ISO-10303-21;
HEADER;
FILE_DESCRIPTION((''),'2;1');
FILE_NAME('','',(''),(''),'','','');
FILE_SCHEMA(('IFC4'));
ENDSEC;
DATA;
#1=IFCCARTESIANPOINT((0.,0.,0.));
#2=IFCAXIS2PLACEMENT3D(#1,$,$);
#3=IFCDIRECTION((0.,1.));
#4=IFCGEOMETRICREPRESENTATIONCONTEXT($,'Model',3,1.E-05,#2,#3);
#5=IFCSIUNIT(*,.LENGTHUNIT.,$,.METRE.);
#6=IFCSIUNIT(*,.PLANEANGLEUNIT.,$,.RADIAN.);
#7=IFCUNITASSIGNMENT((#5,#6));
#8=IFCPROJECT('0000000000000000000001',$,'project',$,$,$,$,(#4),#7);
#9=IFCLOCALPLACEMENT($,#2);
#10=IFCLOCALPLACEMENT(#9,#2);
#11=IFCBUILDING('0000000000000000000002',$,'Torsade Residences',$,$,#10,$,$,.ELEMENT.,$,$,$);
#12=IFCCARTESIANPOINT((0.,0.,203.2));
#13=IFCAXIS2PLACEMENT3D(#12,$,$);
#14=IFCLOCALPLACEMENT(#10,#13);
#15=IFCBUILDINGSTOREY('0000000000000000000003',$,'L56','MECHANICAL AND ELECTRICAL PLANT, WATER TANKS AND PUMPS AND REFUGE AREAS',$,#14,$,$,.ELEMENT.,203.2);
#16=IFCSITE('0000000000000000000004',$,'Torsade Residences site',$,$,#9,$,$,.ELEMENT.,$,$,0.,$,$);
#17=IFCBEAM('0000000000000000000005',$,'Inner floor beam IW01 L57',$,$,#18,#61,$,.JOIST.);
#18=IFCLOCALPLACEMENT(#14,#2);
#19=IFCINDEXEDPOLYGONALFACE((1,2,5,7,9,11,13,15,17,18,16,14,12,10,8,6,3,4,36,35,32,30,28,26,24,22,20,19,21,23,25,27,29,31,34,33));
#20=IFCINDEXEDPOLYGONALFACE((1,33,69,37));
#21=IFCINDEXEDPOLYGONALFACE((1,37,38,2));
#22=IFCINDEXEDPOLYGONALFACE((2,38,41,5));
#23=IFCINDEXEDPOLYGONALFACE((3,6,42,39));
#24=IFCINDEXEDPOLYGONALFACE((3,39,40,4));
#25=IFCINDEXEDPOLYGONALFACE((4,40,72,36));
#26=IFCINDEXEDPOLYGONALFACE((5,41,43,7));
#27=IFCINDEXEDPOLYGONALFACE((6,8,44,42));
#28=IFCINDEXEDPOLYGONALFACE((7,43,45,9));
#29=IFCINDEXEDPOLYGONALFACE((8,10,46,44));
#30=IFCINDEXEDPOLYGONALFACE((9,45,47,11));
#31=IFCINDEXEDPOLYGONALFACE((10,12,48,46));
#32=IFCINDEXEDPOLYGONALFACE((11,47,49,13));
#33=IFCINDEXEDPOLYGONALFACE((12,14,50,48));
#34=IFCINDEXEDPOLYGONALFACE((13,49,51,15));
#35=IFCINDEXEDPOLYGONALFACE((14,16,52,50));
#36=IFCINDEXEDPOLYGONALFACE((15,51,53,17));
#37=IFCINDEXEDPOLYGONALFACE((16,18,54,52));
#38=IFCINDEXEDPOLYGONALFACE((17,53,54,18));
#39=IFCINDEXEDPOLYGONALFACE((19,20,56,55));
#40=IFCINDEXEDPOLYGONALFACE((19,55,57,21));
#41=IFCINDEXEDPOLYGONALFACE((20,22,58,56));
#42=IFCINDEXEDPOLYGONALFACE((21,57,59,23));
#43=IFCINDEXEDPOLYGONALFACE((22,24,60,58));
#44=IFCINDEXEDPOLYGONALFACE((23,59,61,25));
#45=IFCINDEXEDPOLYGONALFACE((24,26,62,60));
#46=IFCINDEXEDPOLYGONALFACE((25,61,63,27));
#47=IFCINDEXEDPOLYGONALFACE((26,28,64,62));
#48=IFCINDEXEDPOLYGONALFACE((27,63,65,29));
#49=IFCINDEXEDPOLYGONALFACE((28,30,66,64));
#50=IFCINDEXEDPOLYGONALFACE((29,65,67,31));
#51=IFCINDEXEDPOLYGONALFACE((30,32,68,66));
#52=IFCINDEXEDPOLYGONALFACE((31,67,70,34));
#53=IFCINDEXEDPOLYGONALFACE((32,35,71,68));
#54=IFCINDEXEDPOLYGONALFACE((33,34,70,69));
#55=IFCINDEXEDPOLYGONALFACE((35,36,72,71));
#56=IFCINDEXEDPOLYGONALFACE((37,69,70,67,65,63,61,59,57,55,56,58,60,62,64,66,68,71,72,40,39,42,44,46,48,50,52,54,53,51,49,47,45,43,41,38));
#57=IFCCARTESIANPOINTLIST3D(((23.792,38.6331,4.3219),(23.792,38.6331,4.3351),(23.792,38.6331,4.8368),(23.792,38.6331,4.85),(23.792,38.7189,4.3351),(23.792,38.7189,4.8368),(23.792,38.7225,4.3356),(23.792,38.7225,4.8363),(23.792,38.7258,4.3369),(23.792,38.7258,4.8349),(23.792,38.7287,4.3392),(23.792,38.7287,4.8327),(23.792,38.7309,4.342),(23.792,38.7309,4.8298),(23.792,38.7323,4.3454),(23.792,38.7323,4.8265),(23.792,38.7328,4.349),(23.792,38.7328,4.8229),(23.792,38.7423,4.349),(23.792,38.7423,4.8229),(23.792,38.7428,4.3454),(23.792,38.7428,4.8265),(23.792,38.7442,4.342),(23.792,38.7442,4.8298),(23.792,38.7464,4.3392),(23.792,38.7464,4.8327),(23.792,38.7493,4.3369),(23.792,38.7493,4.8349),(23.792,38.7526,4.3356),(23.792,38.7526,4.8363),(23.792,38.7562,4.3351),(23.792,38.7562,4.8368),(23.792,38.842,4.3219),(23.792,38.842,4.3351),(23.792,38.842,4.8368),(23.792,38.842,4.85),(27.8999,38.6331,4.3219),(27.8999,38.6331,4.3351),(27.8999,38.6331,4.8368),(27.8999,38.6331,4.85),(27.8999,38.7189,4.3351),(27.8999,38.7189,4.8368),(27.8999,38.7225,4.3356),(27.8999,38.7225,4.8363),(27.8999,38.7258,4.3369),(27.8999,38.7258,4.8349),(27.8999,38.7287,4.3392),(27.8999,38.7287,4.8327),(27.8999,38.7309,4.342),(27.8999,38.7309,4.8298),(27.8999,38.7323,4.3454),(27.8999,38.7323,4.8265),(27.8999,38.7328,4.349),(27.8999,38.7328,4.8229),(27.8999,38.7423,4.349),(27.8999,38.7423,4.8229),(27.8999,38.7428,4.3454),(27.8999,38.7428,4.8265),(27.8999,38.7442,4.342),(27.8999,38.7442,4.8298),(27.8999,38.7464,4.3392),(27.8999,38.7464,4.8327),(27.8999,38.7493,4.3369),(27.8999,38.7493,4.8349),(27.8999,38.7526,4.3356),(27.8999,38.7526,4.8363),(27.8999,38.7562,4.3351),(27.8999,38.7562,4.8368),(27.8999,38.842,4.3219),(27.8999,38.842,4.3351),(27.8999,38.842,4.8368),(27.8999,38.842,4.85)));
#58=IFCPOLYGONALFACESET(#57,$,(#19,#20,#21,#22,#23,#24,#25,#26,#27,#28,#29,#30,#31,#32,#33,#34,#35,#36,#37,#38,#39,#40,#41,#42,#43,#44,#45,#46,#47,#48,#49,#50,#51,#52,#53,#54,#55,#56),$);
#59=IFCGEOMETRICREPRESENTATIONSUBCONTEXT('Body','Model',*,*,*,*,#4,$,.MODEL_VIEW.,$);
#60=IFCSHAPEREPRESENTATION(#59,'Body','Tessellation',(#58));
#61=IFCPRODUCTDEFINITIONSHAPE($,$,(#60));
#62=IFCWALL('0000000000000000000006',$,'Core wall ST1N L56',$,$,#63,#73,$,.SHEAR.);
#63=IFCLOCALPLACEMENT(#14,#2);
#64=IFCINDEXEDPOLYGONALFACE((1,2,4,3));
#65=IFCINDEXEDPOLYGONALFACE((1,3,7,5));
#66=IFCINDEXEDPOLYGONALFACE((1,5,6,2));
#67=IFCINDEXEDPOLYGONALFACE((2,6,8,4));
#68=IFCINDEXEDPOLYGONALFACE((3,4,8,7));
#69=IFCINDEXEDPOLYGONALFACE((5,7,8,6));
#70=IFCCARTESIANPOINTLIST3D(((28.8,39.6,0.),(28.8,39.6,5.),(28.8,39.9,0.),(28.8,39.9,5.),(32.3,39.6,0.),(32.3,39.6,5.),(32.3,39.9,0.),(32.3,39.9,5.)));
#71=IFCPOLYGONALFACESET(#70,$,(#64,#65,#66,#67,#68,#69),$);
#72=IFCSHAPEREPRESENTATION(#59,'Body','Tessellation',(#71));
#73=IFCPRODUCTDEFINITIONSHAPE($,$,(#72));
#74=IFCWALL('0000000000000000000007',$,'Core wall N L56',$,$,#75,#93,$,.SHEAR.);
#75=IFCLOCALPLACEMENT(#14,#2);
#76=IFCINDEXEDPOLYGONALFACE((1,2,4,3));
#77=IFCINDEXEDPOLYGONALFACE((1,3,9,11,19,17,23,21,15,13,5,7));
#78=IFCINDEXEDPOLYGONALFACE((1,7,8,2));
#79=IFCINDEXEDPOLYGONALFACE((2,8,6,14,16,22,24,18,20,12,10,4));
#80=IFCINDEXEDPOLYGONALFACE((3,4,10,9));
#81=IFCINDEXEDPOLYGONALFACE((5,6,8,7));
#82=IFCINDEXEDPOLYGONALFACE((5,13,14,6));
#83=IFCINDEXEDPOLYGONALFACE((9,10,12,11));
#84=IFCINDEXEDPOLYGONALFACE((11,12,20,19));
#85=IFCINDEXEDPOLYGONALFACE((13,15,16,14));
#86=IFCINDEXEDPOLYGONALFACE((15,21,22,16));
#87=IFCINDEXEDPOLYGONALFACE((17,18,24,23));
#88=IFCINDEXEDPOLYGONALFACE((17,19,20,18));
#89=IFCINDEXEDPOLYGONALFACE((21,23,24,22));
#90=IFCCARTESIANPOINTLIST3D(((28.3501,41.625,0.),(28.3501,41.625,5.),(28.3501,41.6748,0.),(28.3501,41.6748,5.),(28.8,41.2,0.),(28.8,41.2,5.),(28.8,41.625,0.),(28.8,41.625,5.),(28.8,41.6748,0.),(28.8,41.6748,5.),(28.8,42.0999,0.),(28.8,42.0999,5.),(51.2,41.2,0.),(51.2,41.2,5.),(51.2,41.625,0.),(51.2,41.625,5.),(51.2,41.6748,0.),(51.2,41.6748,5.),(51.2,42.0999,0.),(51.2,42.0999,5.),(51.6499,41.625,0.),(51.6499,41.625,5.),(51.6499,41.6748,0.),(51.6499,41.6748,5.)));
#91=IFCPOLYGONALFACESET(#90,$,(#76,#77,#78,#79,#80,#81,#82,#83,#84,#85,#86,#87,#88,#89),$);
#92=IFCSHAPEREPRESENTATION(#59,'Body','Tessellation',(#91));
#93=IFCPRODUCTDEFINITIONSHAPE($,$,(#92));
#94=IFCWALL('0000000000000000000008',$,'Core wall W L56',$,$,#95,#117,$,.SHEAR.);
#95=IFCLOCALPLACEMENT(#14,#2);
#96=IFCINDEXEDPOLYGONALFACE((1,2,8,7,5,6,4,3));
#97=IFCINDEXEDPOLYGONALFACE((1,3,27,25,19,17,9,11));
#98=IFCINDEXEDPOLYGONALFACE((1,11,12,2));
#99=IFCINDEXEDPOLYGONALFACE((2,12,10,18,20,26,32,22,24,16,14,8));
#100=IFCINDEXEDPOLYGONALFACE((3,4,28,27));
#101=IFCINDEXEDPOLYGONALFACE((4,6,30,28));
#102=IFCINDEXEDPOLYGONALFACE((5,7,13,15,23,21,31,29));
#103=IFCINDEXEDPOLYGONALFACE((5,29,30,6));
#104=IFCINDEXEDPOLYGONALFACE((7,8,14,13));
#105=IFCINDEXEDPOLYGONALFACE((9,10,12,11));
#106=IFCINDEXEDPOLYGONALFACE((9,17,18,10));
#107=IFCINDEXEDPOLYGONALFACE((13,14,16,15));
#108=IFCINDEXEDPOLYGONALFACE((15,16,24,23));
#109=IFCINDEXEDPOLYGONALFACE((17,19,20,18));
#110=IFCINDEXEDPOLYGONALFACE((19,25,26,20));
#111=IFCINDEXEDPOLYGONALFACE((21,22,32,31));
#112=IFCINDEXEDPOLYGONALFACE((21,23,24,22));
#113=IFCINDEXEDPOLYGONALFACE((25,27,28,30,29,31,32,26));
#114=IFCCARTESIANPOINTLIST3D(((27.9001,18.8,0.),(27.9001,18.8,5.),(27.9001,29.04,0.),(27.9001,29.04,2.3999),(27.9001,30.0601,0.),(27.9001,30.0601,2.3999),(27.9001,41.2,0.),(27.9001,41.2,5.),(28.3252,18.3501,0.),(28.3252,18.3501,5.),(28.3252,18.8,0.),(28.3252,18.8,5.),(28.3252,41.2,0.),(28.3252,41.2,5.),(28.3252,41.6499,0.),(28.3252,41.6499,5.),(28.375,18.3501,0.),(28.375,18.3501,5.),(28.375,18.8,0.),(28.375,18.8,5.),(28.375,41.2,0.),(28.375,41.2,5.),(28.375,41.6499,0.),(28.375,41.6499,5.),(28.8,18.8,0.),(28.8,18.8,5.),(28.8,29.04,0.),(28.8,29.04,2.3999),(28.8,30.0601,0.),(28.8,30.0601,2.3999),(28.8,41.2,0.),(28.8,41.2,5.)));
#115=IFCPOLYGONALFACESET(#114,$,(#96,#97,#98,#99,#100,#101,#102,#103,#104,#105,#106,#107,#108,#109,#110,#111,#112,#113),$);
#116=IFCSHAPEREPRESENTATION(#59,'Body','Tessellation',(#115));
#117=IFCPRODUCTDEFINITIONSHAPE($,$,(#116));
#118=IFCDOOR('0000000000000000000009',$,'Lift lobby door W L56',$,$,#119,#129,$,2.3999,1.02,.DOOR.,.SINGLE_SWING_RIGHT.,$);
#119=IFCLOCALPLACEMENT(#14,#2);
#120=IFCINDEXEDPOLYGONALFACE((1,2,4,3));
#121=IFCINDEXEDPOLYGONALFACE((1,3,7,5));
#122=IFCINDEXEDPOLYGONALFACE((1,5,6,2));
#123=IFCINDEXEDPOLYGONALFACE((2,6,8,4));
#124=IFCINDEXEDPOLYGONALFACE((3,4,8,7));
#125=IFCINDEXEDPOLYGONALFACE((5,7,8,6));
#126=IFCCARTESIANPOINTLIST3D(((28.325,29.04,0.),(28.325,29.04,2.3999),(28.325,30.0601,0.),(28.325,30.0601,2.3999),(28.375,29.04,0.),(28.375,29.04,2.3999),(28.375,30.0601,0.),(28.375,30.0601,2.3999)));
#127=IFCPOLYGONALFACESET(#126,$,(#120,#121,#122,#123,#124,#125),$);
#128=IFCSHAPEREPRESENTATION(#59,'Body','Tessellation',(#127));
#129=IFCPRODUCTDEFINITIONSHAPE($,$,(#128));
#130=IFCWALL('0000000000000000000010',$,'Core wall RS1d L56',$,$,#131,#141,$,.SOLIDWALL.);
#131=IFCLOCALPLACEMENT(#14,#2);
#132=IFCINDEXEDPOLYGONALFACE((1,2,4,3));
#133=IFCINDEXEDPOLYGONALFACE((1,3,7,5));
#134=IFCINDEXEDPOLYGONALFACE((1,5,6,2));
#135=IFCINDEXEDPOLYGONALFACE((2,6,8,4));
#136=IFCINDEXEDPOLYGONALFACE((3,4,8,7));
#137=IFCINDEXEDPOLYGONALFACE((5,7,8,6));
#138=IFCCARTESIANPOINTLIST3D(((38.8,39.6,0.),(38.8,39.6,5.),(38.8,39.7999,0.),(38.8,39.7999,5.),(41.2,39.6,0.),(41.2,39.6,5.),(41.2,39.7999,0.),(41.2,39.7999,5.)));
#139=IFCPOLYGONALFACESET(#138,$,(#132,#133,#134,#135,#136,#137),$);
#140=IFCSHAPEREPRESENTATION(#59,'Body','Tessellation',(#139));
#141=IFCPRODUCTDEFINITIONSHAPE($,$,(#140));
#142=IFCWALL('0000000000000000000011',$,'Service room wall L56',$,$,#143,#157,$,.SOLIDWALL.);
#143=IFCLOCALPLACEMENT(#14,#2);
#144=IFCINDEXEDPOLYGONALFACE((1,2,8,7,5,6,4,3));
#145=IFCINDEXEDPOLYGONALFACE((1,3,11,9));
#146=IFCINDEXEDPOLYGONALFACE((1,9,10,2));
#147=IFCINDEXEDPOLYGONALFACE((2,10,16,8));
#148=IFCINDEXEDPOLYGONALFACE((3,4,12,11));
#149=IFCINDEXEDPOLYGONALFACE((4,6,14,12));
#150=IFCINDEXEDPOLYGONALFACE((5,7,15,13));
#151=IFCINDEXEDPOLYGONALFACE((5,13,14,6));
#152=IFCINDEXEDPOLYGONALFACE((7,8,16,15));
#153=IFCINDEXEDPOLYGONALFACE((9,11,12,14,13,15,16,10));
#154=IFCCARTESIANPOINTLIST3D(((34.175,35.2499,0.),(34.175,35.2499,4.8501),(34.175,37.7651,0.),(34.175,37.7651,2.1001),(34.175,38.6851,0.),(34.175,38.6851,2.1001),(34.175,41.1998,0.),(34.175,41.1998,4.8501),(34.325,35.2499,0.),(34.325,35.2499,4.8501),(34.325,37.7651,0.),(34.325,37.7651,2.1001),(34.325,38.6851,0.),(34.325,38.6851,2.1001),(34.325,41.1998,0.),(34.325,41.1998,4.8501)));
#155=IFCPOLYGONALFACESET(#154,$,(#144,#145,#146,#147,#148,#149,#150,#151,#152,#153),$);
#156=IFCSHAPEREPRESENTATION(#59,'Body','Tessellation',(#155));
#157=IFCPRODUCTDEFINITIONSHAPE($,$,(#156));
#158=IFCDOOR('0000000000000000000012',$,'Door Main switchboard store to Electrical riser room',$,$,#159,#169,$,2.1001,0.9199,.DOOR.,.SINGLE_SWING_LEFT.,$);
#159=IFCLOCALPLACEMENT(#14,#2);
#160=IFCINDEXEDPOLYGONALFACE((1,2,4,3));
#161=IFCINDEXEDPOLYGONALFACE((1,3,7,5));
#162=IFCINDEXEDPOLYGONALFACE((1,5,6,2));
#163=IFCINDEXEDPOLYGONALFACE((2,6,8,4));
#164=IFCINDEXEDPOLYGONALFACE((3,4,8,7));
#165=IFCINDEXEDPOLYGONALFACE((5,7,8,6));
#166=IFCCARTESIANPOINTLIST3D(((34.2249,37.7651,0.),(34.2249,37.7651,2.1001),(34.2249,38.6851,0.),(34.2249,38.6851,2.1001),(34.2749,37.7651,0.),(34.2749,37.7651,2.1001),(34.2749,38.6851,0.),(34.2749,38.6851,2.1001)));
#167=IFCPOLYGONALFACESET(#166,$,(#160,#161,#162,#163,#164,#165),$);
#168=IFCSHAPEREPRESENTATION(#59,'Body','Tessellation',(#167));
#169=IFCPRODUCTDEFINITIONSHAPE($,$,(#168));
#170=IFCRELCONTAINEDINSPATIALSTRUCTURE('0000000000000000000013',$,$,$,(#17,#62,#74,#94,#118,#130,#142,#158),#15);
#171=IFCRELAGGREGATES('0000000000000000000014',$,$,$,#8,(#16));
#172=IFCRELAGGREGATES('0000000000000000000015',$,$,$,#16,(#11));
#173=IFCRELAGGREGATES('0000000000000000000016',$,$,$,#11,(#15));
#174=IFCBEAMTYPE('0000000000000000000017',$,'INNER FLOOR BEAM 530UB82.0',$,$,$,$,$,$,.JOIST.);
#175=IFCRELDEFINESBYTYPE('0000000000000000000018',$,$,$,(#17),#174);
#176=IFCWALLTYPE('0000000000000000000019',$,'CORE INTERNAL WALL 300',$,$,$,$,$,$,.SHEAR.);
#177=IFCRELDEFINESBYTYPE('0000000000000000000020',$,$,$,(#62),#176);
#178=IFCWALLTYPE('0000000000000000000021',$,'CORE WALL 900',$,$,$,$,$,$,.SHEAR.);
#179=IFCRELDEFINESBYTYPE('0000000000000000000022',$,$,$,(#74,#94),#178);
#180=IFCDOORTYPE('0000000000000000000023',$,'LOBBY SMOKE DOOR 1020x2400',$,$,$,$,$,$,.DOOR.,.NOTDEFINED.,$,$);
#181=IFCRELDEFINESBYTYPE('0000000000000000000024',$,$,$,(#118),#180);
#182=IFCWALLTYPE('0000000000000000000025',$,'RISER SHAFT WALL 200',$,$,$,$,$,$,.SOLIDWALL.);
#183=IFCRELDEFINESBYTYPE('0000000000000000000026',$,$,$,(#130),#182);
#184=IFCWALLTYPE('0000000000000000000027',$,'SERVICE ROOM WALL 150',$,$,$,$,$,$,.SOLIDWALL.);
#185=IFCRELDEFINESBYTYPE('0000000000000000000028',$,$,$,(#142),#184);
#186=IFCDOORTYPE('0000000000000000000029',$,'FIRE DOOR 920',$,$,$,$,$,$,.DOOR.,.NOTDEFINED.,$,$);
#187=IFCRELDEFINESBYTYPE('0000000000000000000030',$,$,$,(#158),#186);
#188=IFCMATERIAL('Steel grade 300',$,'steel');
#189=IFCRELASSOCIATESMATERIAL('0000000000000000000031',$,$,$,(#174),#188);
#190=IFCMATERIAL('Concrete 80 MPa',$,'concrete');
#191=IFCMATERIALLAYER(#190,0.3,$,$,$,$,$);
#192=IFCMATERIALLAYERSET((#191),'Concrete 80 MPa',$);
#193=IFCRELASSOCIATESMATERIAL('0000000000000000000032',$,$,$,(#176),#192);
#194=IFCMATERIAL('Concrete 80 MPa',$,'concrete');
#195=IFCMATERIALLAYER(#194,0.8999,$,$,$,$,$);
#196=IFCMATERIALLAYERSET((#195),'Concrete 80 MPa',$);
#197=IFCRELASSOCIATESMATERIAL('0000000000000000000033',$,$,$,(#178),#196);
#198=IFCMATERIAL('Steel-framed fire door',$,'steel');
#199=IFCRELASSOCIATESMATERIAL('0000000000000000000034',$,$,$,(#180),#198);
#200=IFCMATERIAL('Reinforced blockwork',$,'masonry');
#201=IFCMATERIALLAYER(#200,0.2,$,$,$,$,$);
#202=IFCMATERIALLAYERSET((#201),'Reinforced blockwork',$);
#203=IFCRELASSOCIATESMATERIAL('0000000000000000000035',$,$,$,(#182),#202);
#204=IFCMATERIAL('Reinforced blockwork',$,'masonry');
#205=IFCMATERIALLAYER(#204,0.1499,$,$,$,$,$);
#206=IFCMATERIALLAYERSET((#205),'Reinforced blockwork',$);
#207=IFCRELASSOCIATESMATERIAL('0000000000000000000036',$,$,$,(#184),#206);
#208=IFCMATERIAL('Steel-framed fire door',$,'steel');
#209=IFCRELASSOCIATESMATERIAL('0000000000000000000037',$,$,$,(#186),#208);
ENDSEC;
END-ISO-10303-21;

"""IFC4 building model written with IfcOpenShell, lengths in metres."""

from ifc_helpers import new_model, si_unit, direction, frame, frame_2d, origin, origin_2d, place, context, subcontext, project, spatial, polyline, rectangle, i_section, outline, extrude, material, layer, layer_set, material_profile, profile_set, type_object, element, fill, save


model = new_model("IFC4")

# Units and contexts
model_context = context("Model", 3, precision=1e-05, world=origin(), true_north=direction((0.0, 1.0)))
body_context = subcontext(model_context, "Body", "Model", "MODEL_VIEW")
ifc_project = project(units=[si_unit("LENGTHUNIT", "METRE"), si_unit("PLANEANGLEUNIT", "RADIAN")], contexts=[model_context])

# Site, building, storey
site_placement = place(None, origin())
site = spatial("IfcSite", under=ifc_project, at=site_placement, Name="Torsade Residences site", CompositionType="ELEMENT", RefElevation=0.0)
building_placement = place(site_placement, origin())
building = spatial("IfcBuilding", under=site, at=building_placement, Name="Torsade Residences", CompositionType="ELEMENT")
storey_placement = place(building_placement, frame((0.0, 0.0, 203.2)))
storey = spatial("IfcBuildingStorey", under=building, at=storey_placement, Name="L56", Description="MECHANICAL AND ELECTRICAL PLANT, WATER TANKS AND PUMPS AND REFUGE AREAS", CompositionType="ELEMENT", Elevation=203.2)

# Beam
ifc_material_1 = material(Name="Steel grade 300", Category="steel")
ifc_material_profile_1 = material_profile(ifc_material_1, i_section(OverallWidth=0.209, OverallDepth=0.5281, WebThickness=0.0095, FlangeThickness=0.0132, FilletRadius=0.0139, at=origin_2d()), Name="530UB82.0")
ifc_profile_set_1 = profile_set([ifc_material_profile_1], Name="Steel grade 300")
beam_type = type_object("IfcBeamType", Name="INNER FLOOR BEAM 530UB82.0", PredefinedType="JOIST", material=ifc_profile_set_1)
beam_1_placement = place(storey_placement, frame((27.8999, 38.7375, 4.5859), z_axis=(-1.0, 0.0, 0.0), x_axis=(0.0, -1.0, 0.0)))
element("IfcBeam", 1, at=beam_1_placement, inside=storey, type_object=beam_type, Name="Inner floor beam IW01 L57", PredefinedType="JOIST", context=body_context, shape_type="SweptSolid", body=[
    extrude(i_section(OverallWidth=0.209, OverallDepth=0.5281, WebThickness=0.0095, FlangeThickness=0.0132, FilletRadius=0.0139, at=origin_2d()), origin(), (0.0, 0.0, 1.0), 4.1079),
])

# Walls
ifc_material_2 = material(Name="Concrete 80 MPa", Category="concrete")
ifc_layer_1 = layer(ifc_material_2, 0.3)
ifc_layer_set_1 = layer_set([ifc_layer_1], Name="Concrete 80 MPa")
wall_type_1 = type_object("IfcWallType", Name="CORE INTERNAL WALL 300", PredefinedType="SHEAR", material=ifc_layer_set_1)
wall_1_placement = place(storey_placement, frame((28.8, 39.75, 0.0), z_axis=(0.0, 0.0, 1.0), x_axis=(1.0, 0.0, 0.0)))
element("IfcWall", 2, at=wall_1_placement, inside=storey, type_object=wall_type_1, Name="Core wall ST1N L56", PredefinedType="SHEAR", context=body_context, shape_type="SweptSolid", body=[
    extrude(rectangle(XDim=3.5, YDim=0.3, at=frame_2d((1.75, 0.0))), origin(), (0.0, 0.0, 1.0), 5.0),
])
ifc_material_3 = material(Name="Concrete 80 MPa", Category="concrete")
ifc_layer_2 = layer(ifc_material_3, 0.8999)
ifc_layer_set_2 = layer_set([ifc_layer_2], Name="Concrete 80 MPa")
wall_type_2 = type_object("IfcWallType", Name="CORE WALL 900", PredefinedType="SHEAR", material=ifc_layer_set_2)
wall_2_placement = place(storey_placement, frame((28.8, 41.6499, 0.0), z_axis=(0.0, 0.0, 1.0), x_axis=(1.0, 0.0, 0.0)))
element("IfcWall", 3, at=wall_2_placement, inside=storey, type_object=wall_type_2, Name="Core wall N L56", PredefinedType="SHEAR", context=body_context, shape_type="SweptSolid", body=[
    extrude(outline(polyline([(0.0, -0.45), (22.3999, -0.45), (22.3999, -0.0249), (22.8499, -0.0249), (22.8499, 0.0249), (22.3999, 0.0249), (22.3999, 0.45), (0.0, 0.45), (0.0, 0.0249), (-0.45, 0.0249), (-0.45, -0.0249), (0.0, -0.0249), (0.0, -0.45)])), origin(), (0.0, 0.0, 1.0), 5.0),
])

# Wall, opening, door
wall_3_placement = place(storey_placement, frame((28.3501, 41.2, 0.0), z_axis=(0.0, 0.0, 1.0), x_axis=(0.0, -1.0, 0.0)))
wall_3 = element("IfcWall", 4, at=wall_3_placement, inside=storey, type_object=wall_type_2, Name="Core wall W L56", PredefinedType="SHEAR", context=body_context, shape_type="SweptSolid", body=[
    extrude(outline(polyline([(0.0, -0.45), (22.3999, -0.45), (22.3999, -0.0249), (22.8499, -0.0249), (22.8499, 0.0249), (22.3999, 0.0249), (22.3999, 0.45), (0.0, 0.45), (0.0, 0.0249), (-0.45, 0.0249), (-0.45, -0.0249), (0.0, -0.0249), (0.0, -0.45)])), origin(), (0.0, 0.0, 1.0), 5.0),
])
opening_1_placement = place(wall_3_placement, frame((11.1399, 0.0, 0.0)))
opening_1 = element("IfcOpeningElement", 5, at=opening_1_placement, cuts=wall_3, PredefinedType="OPENING", context=body_context, shape_type="SweptSolid", body=[
    extrude(rectangle(XDim=1.02, YDim=2.3999, at=frame_2d((0.51, 1.2))), frame((0.0, 0.46, 0.0), z_axis=(0.0, -1.0, 0.0), x_axis=(1.0, 0.0, 0.0)), (0.0, 0.0, 1.0), 0.9199),
])
ifc_material_4 = material(Name="Steel-framed fire door", Category="steel")
door_type_1 = type_object("IfcDoorType", Name="LOBBY SMOKE DOOR 1020x2400", OperationType="NOTDEFINED", PredefinedType="DOOR", material=ifc_material_4)
door_1_placement = place(opening_1_placement, origin())
door_1 = element("IfcDoor", 6, at=door_1_placement, inside=storey, type_object=door_type_1, Name="Lift lobby door W L56", OperationType="SINGLE_SWING_RIGHT", OverallHeight=2.3999, OverallWidth=1.02, PredefinedType="DOOR", context=body_context, shape_type="SweptSolid", body=[
    extrude(rectangle(XDim=1.02, YDim=2.3999, at=frame_2d((0.51, 1.2))), frame((0.0, 0.0249, 0.0), z_axis=(0.0, -1.0, 0.0), x_axis=(1.0, 0.0, 0.0)), (0.0, 0.0, 1.0), 0.05),
])
fill(opening_1, door_1)

# Wall
ifc_material_5 = material(Name="Reinforced blockwork", Category="masonry")
ifc_layer_3 = layer(ifc_material_5, 0.2)
ifc_layer_set_3 = layer_set([ifc_layer_3], Name="Reinforced blockwork")
wall_type_3 = type_object("IfcWallType", Name="RISER SHAFT WALL 200", PredefinedType="SOLIDWALL", material=ifc_layer_set_3)
wall_4_placement = place(storey_placement, frame((38.8, 39.7, 0.0), z_axis=(0.0, 0.0, 1.0), x_axis=(1.0, 0.0, 0.0)))
element("IfcWall", 7, at=wall_4_placement, inside=storey, type_object=wall_type_3, Name="Core wall RS1d L56", PredefinedType="SOLIDWALL", context=body_context, shape_type="SweptSolid", body=[
    extrude(rectangle(XDim=2.3999, YDim=0.2, at=frame_2d((1.2, 0.0))), origin(), (0.0, 0.0, 1.0), 5.0),
])

# Wall, opening, door
ifc_material_6 = material(Name="Reinforced blockwork", Category="masonry")
ifc_layer_4 = layer(ifc_material_6, 0.1499)
ifc_layer_set_4 = layer_set([ifc_layer_4], Name="Reinforced blockwork")
wall_type_4 = type_object("IfcWallType", Name="SERVICE ROOM WALL 150", PredefinedType="SOLIDWALL", material=ifc_layer_set_4)
wall_5_placement = place(storey_placement, frame((34.25, 41.2, 0.0), z_axis=(0.0, 0.0, 1.0), x_axis=(0.0, -1.0, 0.0)))
wall_5 = element("IfcWall", 8, at=wall_5_placement, inside=storey, type_object=wall_type_4, Name="Service room wall L56", PredefinedType="SOLIDWALL", context=body_context, shape_type="SweptSolid", body=[
    extrude(rectangle(XDim=5.95, YDim=0.1499, at=frame_2d((2.9751, 0.0))), origin(), (0.0, 0.0, 1.0), 4.8501),
])
opening_2_placement = place(wall_5_placement, frame((2.5149, 0.0, 0.0)))
opening_2 = element("IfcOpeningElement", 9, at=opening_2_placement, cuts=wall_5, PredefinedType="OPENING", context=body_context, shape_type="SweptSolid", body=[
    extrude(rectangle(XDim=0.9199, YDim=2.1001, at=frame_2d((0.46, 1.05))), frame((0.0, 0.085, 0.0), z_axis=(0.0, -1.0, 0.0), x_axis=(1.0, 0.0, 0.0)), (0.0, 0.0, 1.0), 0.1699),
])
ifc_material_7 = material(Name="Steel-framed fire door", Category="steel")
door_type_2 = type_object("IfcDoorType", Name="FIRE DOOR 920", OperationType="NOTDEFINED", PredefinedType="DOOR", material=ifc_material_7)
door_2_placement = place(opening_2_placement, origin())
door_2 = element("IfcDoor", 10, at=door_2_placement, inside=storey, type_object=door_type_2, Name="Door Main switchboard store to Electrical riser room", OperationType="SINGLE_SWING_LEFT", OverallHeight=2.1001, OverallWidth=0.9199, PredefinedType="DOOR", context=body_context, shape_type="SweptSolid", body=[
    extrude(rectangle(XDim=0.9199, YDim=2.1001, at=frame_2d((0.46, 1.05))), frame((0.0, 0.0249, 0.0), z_axis=(0.0, -1.0, 0.0), x_axis=(1.0, 0.0, 0.0)), (0.0, 0.0, 1.0), 0.05),
])
fill(opening_2, door_2)

save(model, "model.ifc")
